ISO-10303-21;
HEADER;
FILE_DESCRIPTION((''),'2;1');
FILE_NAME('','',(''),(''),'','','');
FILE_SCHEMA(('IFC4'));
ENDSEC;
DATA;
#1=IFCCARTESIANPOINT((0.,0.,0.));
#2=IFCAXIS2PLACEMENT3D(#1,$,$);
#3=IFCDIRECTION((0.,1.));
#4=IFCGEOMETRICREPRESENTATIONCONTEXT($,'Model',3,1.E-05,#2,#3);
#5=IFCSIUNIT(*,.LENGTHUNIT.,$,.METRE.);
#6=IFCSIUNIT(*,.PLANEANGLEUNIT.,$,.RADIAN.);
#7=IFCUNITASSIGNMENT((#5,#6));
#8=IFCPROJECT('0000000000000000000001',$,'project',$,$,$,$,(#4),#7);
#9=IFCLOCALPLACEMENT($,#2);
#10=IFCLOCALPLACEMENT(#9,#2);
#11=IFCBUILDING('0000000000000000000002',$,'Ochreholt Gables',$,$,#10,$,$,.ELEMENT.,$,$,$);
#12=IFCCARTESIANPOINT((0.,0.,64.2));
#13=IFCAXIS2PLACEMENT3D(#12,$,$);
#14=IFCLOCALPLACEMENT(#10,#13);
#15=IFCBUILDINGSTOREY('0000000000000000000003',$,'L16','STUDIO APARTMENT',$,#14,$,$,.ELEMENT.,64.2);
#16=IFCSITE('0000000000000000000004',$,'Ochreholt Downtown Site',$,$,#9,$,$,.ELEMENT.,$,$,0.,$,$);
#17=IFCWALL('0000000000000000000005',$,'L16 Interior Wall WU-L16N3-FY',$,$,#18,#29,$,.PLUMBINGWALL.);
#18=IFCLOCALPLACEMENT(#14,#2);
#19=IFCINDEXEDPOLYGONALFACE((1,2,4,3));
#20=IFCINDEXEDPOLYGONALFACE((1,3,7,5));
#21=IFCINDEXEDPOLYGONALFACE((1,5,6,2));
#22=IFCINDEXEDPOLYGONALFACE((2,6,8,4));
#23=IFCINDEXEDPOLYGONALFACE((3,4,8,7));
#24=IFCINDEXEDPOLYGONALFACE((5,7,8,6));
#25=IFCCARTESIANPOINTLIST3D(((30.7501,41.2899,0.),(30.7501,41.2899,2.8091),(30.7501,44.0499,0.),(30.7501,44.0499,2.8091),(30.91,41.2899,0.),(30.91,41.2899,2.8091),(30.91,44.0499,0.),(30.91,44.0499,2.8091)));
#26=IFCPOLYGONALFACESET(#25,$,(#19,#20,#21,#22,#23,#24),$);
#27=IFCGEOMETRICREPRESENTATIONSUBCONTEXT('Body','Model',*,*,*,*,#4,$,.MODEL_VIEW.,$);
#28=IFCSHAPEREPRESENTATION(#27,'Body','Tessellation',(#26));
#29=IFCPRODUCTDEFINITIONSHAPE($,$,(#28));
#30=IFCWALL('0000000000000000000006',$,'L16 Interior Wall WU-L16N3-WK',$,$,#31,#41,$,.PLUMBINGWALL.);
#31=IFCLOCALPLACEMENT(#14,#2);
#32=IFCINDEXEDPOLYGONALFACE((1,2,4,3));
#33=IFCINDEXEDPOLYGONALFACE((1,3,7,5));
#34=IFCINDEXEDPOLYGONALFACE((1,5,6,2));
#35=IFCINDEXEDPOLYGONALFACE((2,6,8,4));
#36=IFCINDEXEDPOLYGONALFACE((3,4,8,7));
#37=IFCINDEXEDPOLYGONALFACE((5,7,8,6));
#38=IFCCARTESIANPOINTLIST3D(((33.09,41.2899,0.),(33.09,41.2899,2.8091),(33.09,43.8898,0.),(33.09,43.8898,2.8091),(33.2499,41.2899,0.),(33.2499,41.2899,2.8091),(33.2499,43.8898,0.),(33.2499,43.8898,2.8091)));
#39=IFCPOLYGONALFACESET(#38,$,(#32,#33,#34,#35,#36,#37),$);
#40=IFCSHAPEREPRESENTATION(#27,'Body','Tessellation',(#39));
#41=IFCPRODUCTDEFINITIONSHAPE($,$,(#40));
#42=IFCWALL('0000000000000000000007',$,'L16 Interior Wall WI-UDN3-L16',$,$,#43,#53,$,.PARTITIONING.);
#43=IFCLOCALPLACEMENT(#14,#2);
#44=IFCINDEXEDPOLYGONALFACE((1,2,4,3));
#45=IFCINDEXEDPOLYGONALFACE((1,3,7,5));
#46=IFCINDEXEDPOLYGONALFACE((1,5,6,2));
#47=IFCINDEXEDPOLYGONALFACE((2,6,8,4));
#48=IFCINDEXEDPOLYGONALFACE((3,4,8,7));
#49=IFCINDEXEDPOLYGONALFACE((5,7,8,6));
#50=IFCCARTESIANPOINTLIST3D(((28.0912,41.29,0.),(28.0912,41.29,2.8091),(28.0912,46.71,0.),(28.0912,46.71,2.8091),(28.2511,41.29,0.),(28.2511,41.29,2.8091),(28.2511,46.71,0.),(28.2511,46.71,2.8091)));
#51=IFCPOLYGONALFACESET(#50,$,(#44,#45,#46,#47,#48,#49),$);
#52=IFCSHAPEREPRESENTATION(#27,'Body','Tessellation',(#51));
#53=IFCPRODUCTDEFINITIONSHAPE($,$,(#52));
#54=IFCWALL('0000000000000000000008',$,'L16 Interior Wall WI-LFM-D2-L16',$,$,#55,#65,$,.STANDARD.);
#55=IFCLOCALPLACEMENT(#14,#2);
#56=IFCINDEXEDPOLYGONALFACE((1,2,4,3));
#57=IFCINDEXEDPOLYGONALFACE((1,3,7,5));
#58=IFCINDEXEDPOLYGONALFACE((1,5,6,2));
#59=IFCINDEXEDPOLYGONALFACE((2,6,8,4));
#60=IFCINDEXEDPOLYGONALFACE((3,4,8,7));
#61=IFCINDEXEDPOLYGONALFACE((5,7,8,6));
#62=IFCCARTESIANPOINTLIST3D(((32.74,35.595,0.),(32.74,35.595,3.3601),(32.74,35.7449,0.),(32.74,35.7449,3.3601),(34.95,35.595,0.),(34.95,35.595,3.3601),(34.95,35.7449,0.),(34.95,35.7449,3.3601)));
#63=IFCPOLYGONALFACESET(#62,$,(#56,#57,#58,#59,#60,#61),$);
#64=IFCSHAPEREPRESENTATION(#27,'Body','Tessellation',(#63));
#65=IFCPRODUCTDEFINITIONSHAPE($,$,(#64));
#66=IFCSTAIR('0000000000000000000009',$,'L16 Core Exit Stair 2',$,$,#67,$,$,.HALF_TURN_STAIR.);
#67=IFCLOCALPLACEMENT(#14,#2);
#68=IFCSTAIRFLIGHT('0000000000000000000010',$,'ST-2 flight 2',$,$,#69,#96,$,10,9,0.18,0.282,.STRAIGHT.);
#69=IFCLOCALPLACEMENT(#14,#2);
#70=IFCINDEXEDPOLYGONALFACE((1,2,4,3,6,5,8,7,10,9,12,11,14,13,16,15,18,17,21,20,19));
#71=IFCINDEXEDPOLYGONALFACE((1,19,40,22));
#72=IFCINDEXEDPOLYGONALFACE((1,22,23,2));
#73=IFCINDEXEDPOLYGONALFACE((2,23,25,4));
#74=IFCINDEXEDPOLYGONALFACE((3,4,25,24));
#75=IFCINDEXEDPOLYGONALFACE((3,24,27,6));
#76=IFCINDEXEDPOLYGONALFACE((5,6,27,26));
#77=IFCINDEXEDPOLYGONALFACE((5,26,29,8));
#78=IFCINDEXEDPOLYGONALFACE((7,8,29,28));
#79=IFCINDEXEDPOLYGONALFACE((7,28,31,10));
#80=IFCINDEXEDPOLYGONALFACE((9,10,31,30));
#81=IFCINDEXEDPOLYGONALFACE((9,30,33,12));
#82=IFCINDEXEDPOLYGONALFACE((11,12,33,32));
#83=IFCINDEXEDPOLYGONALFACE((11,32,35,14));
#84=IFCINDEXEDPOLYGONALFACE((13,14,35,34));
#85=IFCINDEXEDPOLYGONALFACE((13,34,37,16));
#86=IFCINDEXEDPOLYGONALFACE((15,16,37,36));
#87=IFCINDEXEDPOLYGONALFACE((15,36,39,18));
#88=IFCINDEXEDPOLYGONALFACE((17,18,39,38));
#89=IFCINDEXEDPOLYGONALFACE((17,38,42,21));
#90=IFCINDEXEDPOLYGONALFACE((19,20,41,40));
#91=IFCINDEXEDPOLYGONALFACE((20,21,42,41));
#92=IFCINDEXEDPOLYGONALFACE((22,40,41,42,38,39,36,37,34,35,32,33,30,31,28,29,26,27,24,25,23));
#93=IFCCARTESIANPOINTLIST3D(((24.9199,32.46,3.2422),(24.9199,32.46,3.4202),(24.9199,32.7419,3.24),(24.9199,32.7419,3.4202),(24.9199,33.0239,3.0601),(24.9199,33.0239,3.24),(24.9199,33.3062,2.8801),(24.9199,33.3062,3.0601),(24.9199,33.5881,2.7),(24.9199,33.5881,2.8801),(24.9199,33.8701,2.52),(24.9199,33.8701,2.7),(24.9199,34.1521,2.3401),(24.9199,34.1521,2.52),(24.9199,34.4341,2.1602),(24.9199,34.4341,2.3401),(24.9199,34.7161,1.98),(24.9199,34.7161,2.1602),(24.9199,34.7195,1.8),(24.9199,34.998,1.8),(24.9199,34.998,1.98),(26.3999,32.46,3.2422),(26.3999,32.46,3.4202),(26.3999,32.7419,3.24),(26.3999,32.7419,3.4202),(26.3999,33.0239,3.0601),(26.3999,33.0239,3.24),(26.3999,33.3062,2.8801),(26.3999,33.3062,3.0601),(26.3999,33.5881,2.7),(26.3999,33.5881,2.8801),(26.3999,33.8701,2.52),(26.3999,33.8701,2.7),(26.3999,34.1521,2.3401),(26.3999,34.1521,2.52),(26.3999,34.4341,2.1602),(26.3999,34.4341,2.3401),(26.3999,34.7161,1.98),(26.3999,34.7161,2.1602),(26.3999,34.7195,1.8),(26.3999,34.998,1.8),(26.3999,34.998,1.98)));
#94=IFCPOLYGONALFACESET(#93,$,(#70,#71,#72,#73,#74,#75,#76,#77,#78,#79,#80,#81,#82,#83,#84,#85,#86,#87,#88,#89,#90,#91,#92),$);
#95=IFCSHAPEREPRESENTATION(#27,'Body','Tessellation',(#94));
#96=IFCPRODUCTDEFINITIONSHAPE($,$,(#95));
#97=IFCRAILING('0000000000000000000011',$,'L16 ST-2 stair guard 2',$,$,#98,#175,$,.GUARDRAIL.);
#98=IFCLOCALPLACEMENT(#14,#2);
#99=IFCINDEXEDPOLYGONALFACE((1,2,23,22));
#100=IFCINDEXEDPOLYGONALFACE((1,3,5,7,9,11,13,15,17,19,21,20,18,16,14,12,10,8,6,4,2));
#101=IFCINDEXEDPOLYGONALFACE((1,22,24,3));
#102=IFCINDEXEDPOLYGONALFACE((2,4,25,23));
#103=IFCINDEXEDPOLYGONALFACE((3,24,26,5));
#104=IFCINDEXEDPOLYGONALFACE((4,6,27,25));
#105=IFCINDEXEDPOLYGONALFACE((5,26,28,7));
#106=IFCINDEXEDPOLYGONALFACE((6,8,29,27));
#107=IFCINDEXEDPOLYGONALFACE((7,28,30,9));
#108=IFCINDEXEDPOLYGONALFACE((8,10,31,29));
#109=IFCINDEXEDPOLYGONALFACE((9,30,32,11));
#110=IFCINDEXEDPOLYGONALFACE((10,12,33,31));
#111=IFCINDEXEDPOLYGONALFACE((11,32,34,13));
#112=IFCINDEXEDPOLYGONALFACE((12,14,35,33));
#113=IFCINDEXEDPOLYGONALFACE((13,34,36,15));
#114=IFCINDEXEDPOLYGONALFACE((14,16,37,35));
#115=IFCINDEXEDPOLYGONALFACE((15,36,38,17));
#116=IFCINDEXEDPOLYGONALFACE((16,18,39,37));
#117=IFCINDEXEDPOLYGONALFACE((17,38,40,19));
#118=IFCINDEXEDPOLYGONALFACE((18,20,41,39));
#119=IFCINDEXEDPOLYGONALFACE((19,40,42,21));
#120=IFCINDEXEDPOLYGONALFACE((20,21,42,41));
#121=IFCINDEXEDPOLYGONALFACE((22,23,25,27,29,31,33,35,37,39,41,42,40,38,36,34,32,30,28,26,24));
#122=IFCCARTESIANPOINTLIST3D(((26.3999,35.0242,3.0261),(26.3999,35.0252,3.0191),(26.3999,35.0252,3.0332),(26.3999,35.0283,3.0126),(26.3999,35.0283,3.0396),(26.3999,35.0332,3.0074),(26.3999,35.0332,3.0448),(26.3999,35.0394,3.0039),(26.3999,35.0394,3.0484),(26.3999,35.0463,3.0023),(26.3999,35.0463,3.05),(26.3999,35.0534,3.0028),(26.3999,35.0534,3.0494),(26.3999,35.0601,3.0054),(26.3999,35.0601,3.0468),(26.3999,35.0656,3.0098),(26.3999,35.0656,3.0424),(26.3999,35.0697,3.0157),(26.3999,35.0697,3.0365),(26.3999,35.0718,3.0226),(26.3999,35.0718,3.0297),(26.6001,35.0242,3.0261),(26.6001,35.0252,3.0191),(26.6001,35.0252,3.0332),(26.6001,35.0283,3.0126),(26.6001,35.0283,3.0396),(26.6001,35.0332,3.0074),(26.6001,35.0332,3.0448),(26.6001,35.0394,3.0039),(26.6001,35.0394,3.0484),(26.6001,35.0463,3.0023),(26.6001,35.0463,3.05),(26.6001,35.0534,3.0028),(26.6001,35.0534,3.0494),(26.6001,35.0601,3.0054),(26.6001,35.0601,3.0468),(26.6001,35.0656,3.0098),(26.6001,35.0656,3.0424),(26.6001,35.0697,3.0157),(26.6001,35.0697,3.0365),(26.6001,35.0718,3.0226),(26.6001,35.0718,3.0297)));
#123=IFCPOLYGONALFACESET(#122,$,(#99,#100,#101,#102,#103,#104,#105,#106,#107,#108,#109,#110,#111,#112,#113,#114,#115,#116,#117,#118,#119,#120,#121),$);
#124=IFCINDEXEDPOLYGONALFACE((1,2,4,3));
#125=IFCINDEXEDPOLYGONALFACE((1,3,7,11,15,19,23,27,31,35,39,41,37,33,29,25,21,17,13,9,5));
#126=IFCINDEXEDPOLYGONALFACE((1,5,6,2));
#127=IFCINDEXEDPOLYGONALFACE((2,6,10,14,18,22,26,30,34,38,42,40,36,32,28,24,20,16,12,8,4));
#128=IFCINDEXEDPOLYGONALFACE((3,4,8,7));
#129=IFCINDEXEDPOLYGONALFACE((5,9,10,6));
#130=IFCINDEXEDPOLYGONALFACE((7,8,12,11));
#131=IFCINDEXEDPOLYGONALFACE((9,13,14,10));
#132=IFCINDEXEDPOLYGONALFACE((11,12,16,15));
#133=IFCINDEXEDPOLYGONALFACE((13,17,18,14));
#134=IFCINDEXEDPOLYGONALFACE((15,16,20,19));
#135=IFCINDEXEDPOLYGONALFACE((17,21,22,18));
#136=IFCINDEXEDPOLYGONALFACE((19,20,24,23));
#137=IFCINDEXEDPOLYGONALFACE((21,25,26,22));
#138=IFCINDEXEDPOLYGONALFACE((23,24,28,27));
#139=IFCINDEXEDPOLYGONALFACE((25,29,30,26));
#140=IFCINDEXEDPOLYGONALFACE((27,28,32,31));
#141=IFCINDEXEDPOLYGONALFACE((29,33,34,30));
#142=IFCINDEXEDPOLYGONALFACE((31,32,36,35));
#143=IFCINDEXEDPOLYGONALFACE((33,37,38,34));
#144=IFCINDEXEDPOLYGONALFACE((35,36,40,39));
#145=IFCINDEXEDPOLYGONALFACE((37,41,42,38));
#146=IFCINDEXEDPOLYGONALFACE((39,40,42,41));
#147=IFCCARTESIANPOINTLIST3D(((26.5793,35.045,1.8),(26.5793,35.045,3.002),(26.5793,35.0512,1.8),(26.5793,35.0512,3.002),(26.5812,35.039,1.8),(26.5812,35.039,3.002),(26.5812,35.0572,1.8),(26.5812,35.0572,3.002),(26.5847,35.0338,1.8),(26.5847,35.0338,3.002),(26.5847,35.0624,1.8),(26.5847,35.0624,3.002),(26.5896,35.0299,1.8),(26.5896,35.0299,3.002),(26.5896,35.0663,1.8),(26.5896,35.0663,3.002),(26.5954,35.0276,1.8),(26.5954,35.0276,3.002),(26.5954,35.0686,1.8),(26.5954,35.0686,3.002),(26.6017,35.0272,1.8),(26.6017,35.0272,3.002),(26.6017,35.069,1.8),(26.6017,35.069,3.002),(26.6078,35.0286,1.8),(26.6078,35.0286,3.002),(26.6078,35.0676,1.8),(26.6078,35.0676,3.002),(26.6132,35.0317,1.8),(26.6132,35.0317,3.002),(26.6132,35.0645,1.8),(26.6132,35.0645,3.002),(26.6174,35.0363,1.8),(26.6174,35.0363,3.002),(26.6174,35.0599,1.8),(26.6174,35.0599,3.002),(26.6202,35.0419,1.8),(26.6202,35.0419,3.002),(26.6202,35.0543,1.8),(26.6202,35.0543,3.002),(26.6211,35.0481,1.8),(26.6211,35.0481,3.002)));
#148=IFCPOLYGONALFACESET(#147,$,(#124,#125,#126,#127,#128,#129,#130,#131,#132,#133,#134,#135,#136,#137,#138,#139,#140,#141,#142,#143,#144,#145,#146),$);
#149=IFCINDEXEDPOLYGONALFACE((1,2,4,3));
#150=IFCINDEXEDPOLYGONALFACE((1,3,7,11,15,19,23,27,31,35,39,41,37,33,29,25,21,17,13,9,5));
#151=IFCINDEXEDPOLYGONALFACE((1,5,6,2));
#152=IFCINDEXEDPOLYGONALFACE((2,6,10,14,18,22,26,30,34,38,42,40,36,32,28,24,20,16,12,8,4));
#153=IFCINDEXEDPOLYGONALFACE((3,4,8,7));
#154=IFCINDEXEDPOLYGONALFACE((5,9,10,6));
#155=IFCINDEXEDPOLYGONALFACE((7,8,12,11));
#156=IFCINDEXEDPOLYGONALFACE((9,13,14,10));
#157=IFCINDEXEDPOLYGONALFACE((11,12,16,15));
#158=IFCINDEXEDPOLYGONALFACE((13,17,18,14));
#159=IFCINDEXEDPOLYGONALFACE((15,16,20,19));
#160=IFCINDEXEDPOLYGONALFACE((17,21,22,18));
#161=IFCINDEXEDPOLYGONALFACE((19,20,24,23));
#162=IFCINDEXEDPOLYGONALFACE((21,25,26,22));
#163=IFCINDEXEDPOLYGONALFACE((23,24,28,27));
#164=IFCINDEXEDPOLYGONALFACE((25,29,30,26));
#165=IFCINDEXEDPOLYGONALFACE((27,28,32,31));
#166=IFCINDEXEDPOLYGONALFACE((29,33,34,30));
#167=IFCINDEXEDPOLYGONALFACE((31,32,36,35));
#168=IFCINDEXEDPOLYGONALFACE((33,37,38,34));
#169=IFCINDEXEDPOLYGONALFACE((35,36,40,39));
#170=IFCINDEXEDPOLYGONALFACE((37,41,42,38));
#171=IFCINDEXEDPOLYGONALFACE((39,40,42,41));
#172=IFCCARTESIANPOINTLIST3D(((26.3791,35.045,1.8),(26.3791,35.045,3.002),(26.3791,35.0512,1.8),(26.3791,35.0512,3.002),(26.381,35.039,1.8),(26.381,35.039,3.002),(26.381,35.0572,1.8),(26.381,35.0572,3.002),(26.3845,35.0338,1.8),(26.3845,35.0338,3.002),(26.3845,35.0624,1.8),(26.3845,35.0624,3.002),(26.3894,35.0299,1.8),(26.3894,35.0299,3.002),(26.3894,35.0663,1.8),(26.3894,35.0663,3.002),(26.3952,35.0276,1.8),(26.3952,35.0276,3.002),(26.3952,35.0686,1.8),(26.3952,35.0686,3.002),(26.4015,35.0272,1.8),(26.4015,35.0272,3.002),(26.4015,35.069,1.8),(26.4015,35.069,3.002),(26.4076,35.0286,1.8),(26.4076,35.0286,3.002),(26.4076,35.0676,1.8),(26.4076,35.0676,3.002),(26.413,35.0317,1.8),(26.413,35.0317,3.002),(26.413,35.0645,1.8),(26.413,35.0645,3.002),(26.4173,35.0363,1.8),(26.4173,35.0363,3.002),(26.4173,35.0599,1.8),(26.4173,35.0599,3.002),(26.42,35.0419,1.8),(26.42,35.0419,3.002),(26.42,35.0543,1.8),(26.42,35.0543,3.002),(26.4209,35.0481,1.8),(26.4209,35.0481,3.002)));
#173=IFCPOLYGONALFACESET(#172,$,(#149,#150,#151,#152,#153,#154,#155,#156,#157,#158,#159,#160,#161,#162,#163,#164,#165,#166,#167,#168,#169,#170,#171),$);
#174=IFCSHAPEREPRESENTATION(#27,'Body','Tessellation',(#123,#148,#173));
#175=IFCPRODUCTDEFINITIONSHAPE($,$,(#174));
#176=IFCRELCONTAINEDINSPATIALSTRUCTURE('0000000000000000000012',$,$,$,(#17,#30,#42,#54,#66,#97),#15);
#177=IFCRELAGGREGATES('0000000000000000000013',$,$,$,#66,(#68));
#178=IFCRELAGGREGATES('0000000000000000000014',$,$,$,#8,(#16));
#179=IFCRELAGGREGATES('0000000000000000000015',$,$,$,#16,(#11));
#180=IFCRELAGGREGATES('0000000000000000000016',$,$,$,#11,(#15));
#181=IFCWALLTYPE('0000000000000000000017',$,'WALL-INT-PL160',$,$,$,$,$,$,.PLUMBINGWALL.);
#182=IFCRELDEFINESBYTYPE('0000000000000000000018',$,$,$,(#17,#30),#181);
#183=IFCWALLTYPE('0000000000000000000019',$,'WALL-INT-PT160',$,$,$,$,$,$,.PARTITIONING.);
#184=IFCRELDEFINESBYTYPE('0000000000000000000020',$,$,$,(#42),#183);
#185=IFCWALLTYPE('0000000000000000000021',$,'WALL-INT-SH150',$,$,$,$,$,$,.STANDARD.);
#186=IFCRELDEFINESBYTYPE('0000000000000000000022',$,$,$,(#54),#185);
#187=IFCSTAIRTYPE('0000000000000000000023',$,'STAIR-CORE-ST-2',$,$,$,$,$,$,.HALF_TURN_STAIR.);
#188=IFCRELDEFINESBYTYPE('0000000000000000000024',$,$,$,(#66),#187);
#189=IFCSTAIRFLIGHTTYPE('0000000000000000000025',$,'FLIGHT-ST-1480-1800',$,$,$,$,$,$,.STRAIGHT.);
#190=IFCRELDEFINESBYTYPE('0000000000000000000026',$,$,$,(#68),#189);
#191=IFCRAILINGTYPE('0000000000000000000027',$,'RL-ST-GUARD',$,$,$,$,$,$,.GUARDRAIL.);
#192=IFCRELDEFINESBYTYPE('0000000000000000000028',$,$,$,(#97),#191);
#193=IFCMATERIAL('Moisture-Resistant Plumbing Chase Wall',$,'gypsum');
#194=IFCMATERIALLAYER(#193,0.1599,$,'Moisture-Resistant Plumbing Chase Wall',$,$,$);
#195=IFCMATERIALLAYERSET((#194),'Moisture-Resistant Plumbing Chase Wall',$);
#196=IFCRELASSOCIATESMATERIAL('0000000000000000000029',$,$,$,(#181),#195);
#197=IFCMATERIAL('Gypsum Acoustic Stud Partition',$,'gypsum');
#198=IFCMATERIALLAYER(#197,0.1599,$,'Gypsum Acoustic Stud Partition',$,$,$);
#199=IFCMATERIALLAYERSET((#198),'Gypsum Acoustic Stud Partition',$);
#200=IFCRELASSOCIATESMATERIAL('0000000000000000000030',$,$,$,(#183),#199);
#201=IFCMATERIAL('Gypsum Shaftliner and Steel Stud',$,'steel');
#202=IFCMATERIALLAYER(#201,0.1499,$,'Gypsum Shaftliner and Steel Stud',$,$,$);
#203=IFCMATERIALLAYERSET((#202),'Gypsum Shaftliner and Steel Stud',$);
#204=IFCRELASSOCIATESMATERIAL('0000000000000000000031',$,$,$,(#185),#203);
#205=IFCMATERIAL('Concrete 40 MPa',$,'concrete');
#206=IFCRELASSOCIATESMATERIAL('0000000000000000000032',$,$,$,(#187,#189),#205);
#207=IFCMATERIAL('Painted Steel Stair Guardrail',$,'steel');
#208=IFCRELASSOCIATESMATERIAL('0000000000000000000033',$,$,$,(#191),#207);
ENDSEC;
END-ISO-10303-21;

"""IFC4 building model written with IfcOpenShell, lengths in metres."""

from ifc_helpers import new_model, si_unit, direction, frame, frame_2d, origin, origin_2d, place, context, subcontext, project, spatial, polyline, rectangle, circle, outline, extrude, material, layer, layer_set, type_object, element, aggregate, save


model = new_model("IFC4")

# Units and contexts
model_context = context("Model", 3, precision=1e-05, world=origin(), true_north=direction((0.0, 1.0)))
body_context = subcontext(model_context, "Body", "Model", "MODEL_VIEW")
ifc_project = project(units=[si_unit("LENGTHUNIT", "METRE"), si_unit("PLANEANGLEUNIT", "RADIAN")], contexts=[model_context])

# Site, building, storey
site_placement = place(None, origin())
site = spatial("IfcSite", under=ifc_project, at=site_placement, Name="Ochreholt Downtown Site", CompositionType="ELEMENT", RefElevation=0.0)
building_placement = place(site_placement, origin())
building = spatial("IfcBuilding", under=site, at=building_placement, Name="Ochreholt Gables", CompositionType="ELEMENT")
storey_placement = place(building_placement, frame((0.0, 0.0, 64.2)))
storey = spatial("IfcBuildingStorey", under=building, at=storey_placement, Name="L16", Description="STUDIO APARTMENT", CompositionType="ELEMENT", Elevation=64.2)

# Shared definitions
ifc_material_1 = material(Name="Moisture-Resistant Plumbing Chase Wall", Category="gypsum")
ifc_layer_1 = layer(ifc_material_1, 0.1599, Name="Moisture-Resistant Plumbing Chase Wall")
ifc_layer_set_1 = layer_set([ifc_layer_1], Name="Moisture-Resistant Plumbing Chase Wall")
wall_type_1 = type_object("IfcWallType", Name="WALL-INT-PL160", PredefinedType="PLUMBINGWALL", material=ifc_layer_set_1)

# Walls
wall_1_placement = place(storey_placement, frame((30.8301, 41.29, 0.0), z_axis=(0.0, 0.0, 1.0), x_axis=(0.0, 1.0, 0.0)))
element("IfcWall", 1, at=wall_1_placement, inside=storey, type_object=wall_type_1, Name="L16 Interior Wall WU-L16N3-FY", PredefinedType="PLUMBINGWALL", context=body_context, shape_type="SweptSolid", body=[
    extrude(rectangle(XDim=2.76, YDim=0.1599, at=frame_2d((1.3799, 0.0))), origin(), (0.0, 0.0, 1.0), 2.8091),
])
wall_2_placement = place(storey_placement, frame((33.1699, 41.29, 0.0), z_axis=(0.0, 0.0, 1.0), x_axis=(0.0, 1.0, 0.0)))
element("IfcWall", 2, at=wall_2_placement, inside=storey, type_object=wall_type_1, Name="L16 Interior Wall WU-L16N3-WK", PredefinedType="PLUMBINGWALL", context=body_context, shape_type="SweptSolid", body=[
    extrude(rectangle(XDim=2.5999, YDim=0.1599, at=frame_2d((1.2998, 0.0))), origin(), (0.0, 0.0, 1.0), 2.8091),
])
ifc_material_2 = material(Name="Gypsum Acoustic Stud Partition", Category="gypsum")
ifc_layer_2 = layer(ifc_material_2, 0.1599, Name="Gypsum Acoustic Stud Partition")
ifc_layer_set_2 = layer_set([ifc_layer_2], Name="Gypsum Acoustic Stud Partition")
wall_type_2 = type_object("IfcWallType", Name="WALL-INT-PT160", PredefinedType="PARTITIONING", material=ifc_layer_set_2)
wall_3_placement = place(storey_placement, frame((28.1711, 41.29, 0.0), z_axis=(0.0, 0.0, 1.0), x_axis=(0.0, 1.0, 0.0)))
element("IfcWall", 3, at=wall_3_placement, inside=storey, type_object=wall_type_2, Name="L16 Interior Wall WI-UDN3-L16", PredefinedType="PARTITIONING", context=body_context, shape_type="SweptSolid", body=[
    extrude(rectangle(XDim=5.4199, YDim=0.1599, at=frame_2d((2.71, 0.0))), origin(), (0.0, 0.0, 1.0), 2.8091),
])
ifc_material_3 = material(Name="Gypsum Shaftliner and Steel Stud", Category="steel")
ifc_layer_3 = layer(ifc_material_3, 0.1499, Name="Gypsum Shaftliner and Steel Stud")
ifc_layer_set_3 = layer_set([ifc_layer_3], Name="Gypsum Shaftliner and Steel Stud")
wall_type_3 = type_object("IfcWallType", Name="WALL-INT-SH150", PredefinedType="STANDARD", material=ifc_layer_set_3)
wall_4_placement = place(storey_placement, frame((32.74, 35.6699, 0.0), z_axis=(0.0, 0.0, 1.0), x_axis=(1.0, 0.0, 0.0)))
element("IfcWall", 4, at=wall_4_placement, inside=storey, type_object=wall_type_3, Name="L16 Interior Wall WI-LFM-D2-L16", PredefinedType="STANDARD", context=body_context, shape_type="SweptSolid", body=[
    extrude(rectangle(XDim=2.21, YDim=0.1499, at=frame_2d((1.105, 0.0))), origin(), (0.0, 0.0, 1.0), 3.3601),
])

# Stair, stair flight
ifc_material_4 = material(Name="Concrete 40 MPa", Category="concrete")
stair_type = type_object("IfcStairType", Name="STAIR-CORE-ST-2", PredefinedType="HALF_TURN_STAIR", material=ifc_material_4)
stair_placement = place(storey_placement, origin())
stair = element("IfcStair", 5, at=stair_placement, inside=storey, type_object=stair_type, Name="L16 Core Exit Stair 2", PredefinedType="HALF_TURN_STAIR")
stair_flight_type = type_object("IfcStairFlightType", Name="FLIGHT-ST-1480-1800", PredefinedType="STRAIGHT", material=ifc_material_4)
stair_flight_placement = place(storey_placement, frame((25.6599, 34.998, 1.8), z_axis=(0.0, 0.0, 1.0), x_axis=(0.0, -1.0, 0.0)))
stair_flight = element("IfcStairFlight", 6, at=stair_flight_placement, type_object=stair_flight_type, Name="ST-2 flight 2", NumberOfRisers=10, NumberOfTreads=9, PredefinedType="STRAIGHT", RiserHeight=0.18, TreadLength=0.282, context=body_context, shape_type="SweptSolid", body=[
    extrude(outline(polyline([(0.0, 0.0), (0.0, 0.1799), (0.282, 0.1799), (0.282, 0.3601), (0.564, 0.3601), (0.564, 0.54), (0.8459, 0.54), (0.8459, 0.72), (1.1279, 0.72), (1.1279, 0.8999), (1.4099, 0.8999), (1.4099, 1.0801), (1.6919, 1.0801), (1.6919, 1.26), (1.9741, 1.26), (1.9741, 1.4399), (2.2561, 1.4399), (2.2561, 1.6201), (2.5381, 1.6201), (2.5381, 1.8), (2.5381, 1.4421), (0.2786, 0.0), (0.0, 0.0)])), frame((0.0, 0.74, 0.0), z_axis=(0.0, -1.0, 0.0), x_axis=(1.0, 0.0, 0.0)), (0.0, 0.0, 1.0), 1.48),
])
aggregate(stair, [stair_flight])

# Railing
ifc_material_5 = material(Name="Painted Steel Stair Guardrail", Category="steel")
railing_type = type_object("IfcRailingType", Name="RL-ST-GUARD", PredefinedType="GUARDRAIL", material=ifc_material_5)
railing_1_placement = place(storey_placement, frame((26.6001, 35.0481, 1.8)))
element("IfcRailing", 7, at=railing_1_placement, inside=storey, type_object=railing_type, Name="L16 ST-2 stair guard 2", PredefinedType="GUARDRAIL", context=body_context, shape_type="SweptSolid", body=[
    extrude(circle(Radius=0.0239, at=origin_2d()), frame((0.0, 0.0, 1.2261), z_axis=(-1.0, 0.0, 0.0), x_axis=(0.0, -1.0, 0.0)), (0.0, 0.0, 1.0), 0.2002),
    extrude(circle(Radius=0.021, at=origin_2d()), origin(), (0.0, 0.0, 1.0), 1.2019),
    extrude(circle(Radius=0.021, at=origin_2d()), frame((-0.2002, 0.0, 0.0)), (0.0, 0.0, 1.0), 1.2019),
])

save(model, "model.ifc")
